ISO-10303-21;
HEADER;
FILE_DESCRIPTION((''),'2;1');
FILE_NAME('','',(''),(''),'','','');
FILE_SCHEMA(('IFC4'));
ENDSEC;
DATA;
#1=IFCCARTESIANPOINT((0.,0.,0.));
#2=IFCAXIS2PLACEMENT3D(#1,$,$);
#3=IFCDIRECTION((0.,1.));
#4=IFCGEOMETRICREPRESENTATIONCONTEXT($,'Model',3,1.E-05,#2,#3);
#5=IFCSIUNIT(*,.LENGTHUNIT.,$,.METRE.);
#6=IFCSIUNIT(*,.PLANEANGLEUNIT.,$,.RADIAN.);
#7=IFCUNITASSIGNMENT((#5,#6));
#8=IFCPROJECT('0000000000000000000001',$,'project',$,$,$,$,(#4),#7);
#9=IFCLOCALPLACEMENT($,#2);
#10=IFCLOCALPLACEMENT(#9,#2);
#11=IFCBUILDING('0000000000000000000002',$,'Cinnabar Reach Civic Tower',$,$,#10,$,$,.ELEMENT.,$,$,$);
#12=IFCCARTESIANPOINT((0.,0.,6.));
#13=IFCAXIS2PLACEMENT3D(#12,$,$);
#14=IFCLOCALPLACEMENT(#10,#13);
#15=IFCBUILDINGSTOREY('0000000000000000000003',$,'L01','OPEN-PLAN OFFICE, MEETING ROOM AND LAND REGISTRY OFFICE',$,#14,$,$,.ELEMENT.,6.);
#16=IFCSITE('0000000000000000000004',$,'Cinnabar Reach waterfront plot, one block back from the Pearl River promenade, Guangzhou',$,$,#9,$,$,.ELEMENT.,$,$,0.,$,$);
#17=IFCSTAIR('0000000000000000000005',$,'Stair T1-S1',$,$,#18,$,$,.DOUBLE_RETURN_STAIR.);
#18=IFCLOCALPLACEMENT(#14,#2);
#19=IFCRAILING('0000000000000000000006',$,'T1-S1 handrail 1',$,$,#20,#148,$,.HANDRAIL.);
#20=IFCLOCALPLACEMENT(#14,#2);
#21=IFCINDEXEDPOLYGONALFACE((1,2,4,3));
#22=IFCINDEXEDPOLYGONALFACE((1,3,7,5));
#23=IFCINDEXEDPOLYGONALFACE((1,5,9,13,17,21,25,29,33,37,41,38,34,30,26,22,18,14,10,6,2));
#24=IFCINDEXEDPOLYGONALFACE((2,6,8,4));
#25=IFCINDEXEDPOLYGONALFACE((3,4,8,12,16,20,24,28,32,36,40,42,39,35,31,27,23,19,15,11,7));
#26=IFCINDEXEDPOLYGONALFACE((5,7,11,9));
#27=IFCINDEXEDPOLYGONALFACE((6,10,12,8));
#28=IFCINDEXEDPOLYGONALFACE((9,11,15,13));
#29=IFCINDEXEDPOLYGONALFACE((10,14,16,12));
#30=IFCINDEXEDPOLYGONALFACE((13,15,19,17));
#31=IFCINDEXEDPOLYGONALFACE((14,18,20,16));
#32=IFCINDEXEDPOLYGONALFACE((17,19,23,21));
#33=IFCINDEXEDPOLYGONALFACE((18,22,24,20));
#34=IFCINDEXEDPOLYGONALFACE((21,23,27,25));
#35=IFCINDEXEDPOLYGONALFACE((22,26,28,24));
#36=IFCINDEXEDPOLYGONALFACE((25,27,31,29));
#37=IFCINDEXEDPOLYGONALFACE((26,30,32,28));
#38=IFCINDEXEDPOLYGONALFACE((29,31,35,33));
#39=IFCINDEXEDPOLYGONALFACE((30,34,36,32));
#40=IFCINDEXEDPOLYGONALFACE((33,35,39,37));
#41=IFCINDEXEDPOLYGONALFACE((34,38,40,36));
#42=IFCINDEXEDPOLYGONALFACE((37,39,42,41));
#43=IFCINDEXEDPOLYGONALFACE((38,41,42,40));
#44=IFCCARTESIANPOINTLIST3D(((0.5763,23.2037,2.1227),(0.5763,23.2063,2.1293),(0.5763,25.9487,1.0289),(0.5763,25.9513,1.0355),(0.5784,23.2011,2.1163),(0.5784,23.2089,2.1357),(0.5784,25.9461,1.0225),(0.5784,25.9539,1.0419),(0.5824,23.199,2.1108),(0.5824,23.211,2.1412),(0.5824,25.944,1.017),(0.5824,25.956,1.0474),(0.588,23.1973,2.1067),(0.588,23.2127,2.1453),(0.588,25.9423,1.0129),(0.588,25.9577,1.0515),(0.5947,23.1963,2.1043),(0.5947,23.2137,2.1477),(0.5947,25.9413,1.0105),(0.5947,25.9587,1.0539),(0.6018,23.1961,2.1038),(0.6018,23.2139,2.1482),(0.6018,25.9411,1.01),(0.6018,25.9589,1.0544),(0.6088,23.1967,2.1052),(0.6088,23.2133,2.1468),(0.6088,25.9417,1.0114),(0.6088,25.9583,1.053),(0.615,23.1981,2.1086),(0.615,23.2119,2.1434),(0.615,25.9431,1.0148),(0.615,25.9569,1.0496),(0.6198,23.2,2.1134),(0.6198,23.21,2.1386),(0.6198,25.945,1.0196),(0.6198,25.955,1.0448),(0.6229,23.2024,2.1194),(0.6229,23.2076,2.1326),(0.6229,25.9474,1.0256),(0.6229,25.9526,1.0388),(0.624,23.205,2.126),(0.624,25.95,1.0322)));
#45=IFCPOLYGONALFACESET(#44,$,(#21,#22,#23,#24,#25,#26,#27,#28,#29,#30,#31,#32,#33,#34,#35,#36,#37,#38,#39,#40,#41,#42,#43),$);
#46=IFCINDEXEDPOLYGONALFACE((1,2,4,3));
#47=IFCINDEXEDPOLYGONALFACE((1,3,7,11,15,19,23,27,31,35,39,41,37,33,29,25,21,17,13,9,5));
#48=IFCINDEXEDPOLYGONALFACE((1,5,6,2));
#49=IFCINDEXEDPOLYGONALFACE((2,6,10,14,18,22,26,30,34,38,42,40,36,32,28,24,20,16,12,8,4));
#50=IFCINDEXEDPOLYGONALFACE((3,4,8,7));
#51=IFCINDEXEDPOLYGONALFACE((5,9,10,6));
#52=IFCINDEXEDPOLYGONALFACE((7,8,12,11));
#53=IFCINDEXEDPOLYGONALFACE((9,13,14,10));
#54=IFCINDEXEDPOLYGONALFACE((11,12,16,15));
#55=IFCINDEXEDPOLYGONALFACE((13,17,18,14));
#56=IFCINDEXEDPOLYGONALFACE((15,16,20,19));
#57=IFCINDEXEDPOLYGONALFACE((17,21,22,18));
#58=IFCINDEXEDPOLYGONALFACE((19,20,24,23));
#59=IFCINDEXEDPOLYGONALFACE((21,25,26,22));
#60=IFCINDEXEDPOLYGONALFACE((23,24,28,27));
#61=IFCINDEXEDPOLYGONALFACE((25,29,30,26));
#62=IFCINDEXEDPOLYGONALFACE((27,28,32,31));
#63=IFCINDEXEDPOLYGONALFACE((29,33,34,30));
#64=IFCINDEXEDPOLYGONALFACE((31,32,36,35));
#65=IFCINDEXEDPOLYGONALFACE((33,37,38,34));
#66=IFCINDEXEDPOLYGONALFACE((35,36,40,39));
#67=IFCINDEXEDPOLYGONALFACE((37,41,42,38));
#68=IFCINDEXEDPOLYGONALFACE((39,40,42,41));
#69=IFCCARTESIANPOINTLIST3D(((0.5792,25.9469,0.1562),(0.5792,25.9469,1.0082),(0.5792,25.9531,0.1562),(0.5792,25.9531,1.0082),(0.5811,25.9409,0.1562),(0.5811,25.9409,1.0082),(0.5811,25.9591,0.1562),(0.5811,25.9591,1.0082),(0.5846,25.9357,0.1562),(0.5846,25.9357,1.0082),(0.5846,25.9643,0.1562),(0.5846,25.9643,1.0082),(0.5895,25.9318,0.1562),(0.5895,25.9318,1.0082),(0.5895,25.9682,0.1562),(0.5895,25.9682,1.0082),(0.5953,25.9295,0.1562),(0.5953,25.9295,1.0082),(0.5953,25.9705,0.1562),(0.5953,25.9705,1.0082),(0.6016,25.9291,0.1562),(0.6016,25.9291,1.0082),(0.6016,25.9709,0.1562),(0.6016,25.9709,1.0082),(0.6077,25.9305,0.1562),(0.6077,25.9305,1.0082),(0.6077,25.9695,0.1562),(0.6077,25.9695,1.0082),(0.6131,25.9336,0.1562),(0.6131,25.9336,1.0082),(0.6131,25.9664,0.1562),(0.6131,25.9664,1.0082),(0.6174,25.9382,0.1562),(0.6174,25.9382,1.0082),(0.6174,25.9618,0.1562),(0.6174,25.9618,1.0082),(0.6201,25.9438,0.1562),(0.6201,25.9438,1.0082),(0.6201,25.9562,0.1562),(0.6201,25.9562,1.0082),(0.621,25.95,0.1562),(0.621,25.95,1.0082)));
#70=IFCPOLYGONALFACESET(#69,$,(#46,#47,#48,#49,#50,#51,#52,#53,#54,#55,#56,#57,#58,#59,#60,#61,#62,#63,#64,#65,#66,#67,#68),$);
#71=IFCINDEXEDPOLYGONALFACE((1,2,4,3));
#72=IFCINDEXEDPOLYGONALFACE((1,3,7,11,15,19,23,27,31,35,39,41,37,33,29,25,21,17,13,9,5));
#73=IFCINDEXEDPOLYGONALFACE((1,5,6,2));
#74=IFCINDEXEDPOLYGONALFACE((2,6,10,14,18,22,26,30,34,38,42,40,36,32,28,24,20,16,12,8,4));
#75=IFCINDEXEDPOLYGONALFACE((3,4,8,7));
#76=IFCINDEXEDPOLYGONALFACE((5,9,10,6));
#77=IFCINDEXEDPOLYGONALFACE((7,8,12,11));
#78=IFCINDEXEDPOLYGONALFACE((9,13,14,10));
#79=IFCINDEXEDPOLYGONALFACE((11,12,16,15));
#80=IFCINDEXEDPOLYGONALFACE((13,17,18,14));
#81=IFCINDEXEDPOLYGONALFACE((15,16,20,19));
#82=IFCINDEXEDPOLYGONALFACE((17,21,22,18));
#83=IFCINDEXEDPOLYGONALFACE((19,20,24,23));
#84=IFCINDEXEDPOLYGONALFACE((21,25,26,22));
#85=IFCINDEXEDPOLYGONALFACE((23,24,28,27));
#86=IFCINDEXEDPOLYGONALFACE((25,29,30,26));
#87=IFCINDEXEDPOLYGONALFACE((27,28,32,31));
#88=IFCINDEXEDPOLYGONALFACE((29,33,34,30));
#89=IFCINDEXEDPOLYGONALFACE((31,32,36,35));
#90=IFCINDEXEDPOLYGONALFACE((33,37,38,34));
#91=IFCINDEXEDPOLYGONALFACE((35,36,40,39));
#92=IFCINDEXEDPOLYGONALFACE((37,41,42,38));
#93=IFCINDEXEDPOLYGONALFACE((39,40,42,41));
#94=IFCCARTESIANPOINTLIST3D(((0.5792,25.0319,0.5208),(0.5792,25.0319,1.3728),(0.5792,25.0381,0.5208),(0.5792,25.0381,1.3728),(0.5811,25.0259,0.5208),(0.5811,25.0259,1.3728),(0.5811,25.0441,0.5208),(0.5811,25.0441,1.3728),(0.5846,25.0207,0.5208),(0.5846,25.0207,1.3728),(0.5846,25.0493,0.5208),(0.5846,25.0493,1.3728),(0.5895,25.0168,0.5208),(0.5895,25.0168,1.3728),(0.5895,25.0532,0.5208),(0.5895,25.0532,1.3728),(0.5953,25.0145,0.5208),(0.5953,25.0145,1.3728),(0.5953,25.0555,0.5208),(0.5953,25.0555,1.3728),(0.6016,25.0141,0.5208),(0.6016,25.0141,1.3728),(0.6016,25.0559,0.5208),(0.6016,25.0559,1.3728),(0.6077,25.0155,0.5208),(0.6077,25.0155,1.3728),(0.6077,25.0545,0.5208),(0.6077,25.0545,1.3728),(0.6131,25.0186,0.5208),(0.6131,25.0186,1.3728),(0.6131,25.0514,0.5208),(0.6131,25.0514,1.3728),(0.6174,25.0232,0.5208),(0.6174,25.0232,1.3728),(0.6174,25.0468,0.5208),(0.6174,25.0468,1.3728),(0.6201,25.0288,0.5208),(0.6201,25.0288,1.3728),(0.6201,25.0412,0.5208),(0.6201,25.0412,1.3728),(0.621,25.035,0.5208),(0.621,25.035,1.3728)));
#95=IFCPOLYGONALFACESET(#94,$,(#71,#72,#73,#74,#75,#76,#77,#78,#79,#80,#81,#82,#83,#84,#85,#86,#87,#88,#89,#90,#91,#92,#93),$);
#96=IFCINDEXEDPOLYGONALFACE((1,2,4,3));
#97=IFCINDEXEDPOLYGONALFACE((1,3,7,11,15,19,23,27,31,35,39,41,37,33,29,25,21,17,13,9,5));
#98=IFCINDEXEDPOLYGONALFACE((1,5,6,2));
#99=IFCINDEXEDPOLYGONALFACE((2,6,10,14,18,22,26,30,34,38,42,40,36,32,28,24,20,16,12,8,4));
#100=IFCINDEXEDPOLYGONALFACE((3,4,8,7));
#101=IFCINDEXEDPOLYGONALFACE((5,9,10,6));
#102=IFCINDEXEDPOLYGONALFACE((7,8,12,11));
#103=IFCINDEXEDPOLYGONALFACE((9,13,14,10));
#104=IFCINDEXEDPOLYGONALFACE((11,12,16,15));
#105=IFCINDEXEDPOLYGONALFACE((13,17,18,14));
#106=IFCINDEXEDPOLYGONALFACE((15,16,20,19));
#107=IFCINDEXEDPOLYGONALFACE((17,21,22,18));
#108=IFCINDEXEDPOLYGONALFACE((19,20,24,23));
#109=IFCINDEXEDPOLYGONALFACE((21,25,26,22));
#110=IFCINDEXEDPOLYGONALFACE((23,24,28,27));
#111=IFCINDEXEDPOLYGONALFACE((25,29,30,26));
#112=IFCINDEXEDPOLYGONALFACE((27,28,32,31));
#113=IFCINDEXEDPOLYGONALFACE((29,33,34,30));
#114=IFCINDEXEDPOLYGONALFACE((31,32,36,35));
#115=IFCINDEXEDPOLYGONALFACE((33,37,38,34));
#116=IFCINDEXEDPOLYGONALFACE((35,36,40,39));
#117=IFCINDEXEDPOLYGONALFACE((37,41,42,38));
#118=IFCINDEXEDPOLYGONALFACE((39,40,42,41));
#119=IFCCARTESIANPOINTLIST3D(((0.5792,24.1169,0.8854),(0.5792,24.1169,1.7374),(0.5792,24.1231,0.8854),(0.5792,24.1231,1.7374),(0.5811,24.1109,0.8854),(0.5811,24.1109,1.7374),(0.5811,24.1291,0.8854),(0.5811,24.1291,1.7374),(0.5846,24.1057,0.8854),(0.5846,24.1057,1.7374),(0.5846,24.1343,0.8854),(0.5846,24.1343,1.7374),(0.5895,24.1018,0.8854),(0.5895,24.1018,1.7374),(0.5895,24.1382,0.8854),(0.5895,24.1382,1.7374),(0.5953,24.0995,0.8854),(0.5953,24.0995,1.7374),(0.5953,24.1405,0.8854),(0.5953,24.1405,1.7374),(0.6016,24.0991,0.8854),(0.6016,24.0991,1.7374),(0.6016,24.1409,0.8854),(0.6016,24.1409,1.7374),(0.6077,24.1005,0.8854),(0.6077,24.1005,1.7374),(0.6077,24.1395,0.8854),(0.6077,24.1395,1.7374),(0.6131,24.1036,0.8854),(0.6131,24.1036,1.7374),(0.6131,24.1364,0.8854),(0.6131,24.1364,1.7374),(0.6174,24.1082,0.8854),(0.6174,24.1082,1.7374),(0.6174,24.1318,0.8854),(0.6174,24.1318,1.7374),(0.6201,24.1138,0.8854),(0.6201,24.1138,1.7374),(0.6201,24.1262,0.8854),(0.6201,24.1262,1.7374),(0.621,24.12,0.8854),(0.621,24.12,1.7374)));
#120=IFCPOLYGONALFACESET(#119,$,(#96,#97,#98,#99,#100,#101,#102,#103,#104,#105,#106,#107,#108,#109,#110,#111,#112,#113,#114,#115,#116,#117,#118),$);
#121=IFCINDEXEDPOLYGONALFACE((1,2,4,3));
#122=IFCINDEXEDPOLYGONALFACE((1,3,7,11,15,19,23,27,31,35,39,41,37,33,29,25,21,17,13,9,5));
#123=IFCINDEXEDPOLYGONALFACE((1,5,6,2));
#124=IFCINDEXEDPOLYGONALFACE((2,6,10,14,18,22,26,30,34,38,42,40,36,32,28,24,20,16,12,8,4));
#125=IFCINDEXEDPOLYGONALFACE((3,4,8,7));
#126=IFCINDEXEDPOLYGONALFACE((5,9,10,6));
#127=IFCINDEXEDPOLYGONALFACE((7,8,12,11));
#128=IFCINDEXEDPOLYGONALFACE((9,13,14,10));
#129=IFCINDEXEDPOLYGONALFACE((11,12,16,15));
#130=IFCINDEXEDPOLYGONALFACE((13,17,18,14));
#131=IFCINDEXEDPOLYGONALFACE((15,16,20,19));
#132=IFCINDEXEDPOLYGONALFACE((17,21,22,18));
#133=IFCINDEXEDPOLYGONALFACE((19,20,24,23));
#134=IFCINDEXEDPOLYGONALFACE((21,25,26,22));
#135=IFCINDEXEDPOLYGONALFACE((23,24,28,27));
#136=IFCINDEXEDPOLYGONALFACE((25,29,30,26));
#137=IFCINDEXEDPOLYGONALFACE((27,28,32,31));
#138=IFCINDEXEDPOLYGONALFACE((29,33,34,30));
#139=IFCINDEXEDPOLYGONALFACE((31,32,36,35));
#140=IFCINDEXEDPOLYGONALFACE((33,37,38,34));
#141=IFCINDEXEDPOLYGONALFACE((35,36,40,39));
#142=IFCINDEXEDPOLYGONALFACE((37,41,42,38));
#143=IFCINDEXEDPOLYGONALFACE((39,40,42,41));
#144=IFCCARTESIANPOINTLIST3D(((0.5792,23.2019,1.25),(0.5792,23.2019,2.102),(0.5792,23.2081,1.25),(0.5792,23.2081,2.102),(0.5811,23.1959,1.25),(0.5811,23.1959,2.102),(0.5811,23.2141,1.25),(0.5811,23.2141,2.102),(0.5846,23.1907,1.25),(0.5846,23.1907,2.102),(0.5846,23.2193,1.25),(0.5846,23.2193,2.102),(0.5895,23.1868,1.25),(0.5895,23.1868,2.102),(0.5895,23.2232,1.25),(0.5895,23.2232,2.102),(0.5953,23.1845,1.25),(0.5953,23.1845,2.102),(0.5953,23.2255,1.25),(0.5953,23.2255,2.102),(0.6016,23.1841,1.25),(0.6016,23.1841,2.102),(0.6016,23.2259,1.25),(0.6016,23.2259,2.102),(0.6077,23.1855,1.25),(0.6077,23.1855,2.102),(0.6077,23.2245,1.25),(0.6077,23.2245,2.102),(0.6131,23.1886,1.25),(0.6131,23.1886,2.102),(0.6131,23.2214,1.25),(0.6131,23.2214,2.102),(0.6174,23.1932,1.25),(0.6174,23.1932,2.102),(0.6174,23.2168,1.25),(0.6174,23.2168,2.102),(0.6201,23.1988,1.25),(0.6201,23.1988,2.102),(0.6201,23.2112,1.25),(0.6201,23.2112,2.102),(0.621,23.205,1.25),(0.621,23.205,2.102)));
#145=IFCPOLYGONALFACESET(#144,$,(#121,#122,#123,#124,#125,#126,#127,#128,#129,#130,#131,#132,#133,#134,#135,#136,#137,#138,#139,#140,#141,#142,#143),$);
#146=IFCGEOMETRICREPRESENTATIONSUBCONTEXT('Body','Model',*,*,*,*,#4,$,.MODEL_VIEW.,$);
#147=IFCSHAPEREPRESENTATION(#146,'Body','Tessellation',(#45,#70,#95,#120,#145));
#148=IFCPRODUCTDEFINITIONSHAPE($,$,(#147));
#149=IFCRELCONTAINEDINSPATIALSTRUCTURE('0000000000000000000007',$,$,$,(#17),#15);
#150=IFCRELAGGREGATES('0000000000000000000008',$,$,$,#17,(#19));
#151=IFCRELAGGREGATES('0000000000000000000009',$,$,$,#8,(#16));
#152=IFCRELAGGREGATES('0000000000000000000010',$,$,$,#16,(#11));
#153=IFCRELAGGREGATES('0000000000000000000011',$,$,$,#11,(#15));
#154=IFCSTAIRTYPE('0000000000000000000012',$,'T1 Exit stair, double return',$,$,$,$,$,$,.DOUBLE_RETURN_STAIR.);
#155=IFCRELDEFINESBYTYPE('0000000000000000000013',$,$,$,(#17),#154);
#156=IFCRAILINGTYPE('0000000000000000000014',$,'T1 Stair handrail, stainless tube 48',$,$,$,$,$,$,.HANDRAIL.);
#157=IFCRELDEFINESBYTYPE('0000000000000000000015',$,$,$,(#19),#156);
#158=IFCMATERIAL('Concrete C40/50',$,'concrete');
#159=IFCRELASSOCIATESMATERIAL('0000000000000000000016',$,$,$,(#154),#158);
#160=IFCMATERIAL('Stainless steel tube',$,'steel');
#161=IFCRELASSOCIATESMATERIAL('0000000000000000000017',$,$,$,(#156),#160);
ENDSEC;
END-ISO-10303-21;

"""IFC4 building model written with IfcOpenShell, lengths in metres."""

from ifc_helpers import new_model, si_unit, direction, frame, origin, origin_2d, place, context, subcontext, project, spatial, circle, extrude, material, type_object, element, aggregate, save


model = new_model("IFC4")

# Units and contexts
model_context = context("Model", 3, precision=1e-05, world=origin(), true_north=direction((0.0, 1.0)))
body_context = subcontext(model_context, "Body", "Model", "MODEL_VIEW")
ifc_project = project(units=[si_unit("LENGTHUNIT", "METRE"), si_unit("PLANEANGLEUNIT", "RADIAN")], contexts=[model_context])

# Site, building, storey
site_placement = place(None, origin())
site = spatial("IfcSite", under=ifc_project, at=site_placement, Name="Cinnabar Reach waterfront plot, one block back from the Pearl River promenade, Guangzhou", CompositionType="ELEMENT", RefElevation=0.0)
building_placement = place(site_placement, origin())
building = spatial("IfcBuilding", under=site, at=building_placement, Name="Cinnabar Reach Civic Tower", CompositionType="ELEMENT")
storey_placement = place(building_placement, frame((0.0, 0.0, 6.0)))
storey = spatial("IfcBuildingStorey", under=building, at=storey_placement, Name="L01", Description="OPEN-PLAN OFFICE, MEETING ROOM AND LAND REGISTRY OFFICE", CompositionType="ELEMENT", Elevation=6.0)

# Shared definitions
ifc_material_1 = material(Name="Concrete C40/50", Category="concrete")

# Stair, railing
stair_type = type_object("IfcStairType", Name="T1 Exit stair, double return", PredefinedType="DOUBLE_RETURN_STAIR", material=ifc_material_1)
stair_1_placement = place(storey_placement, origin())
stair_1 = element("IfcStair", 1, at=stair_1_placement, inside=storey, type_object=stair_type, Name="Stair T1-S1", PredefinedType="DOUBLE_RETURN_STAIR")
ifc_material_2 = material(Name="Stainless steel tube", Category="steel")
railing_type_1 = type_object("IfcRailingType", Name="T1 Stair handrail, stainless tube 48", PredefinedType="HANDRAIL", material=ifc_material_2)
railing_1_placement = place(storey_placement, frame((0.6, 25.95, 0.1562)))
railing_1 = element("IfcRailing", 2, at=railing_1_placement, type_object=railing_type_1, Name="T1-S1 handrail 1", PredefinedType="HANDRAIL", context=body_context, shape_type="SweptSolid", body=[
    extrude(circle(Radius=0.024, at=origin_2d()), frame((0.0, 0.0, 0.876), z_axis=(0.0, -0.928966, 0.370165), x_axis=(1.0, 0.0, 0.0)), (0.0, 0.0, 1.0), 2.9549),
    extrude(circle(Radius=0.021, at=origin_2d()), origin(), (0.0, 0.0, 1.0), 0.852),
    extrude(circle(Radius=0.021, at=origin_2d()), frame((0.0, -0.915, 0.3646)), (0.0, 0.0, 1.0), 0.852),
    extrude(circle(Radius=0.021, at=origin_2d()), frame((0.0, -1.83, 0.7292)), (0.0, 0.0, 1.0), 0.852),
    extrude(circle(Radius=0.021, at=origin_2d()), frame((0.0, -2.745, 1.0938)), (0.0, 0.0, 1.0), 0.852),
])
aggregate(stair_1, [railing_1])

save(model, "model.ifc")
